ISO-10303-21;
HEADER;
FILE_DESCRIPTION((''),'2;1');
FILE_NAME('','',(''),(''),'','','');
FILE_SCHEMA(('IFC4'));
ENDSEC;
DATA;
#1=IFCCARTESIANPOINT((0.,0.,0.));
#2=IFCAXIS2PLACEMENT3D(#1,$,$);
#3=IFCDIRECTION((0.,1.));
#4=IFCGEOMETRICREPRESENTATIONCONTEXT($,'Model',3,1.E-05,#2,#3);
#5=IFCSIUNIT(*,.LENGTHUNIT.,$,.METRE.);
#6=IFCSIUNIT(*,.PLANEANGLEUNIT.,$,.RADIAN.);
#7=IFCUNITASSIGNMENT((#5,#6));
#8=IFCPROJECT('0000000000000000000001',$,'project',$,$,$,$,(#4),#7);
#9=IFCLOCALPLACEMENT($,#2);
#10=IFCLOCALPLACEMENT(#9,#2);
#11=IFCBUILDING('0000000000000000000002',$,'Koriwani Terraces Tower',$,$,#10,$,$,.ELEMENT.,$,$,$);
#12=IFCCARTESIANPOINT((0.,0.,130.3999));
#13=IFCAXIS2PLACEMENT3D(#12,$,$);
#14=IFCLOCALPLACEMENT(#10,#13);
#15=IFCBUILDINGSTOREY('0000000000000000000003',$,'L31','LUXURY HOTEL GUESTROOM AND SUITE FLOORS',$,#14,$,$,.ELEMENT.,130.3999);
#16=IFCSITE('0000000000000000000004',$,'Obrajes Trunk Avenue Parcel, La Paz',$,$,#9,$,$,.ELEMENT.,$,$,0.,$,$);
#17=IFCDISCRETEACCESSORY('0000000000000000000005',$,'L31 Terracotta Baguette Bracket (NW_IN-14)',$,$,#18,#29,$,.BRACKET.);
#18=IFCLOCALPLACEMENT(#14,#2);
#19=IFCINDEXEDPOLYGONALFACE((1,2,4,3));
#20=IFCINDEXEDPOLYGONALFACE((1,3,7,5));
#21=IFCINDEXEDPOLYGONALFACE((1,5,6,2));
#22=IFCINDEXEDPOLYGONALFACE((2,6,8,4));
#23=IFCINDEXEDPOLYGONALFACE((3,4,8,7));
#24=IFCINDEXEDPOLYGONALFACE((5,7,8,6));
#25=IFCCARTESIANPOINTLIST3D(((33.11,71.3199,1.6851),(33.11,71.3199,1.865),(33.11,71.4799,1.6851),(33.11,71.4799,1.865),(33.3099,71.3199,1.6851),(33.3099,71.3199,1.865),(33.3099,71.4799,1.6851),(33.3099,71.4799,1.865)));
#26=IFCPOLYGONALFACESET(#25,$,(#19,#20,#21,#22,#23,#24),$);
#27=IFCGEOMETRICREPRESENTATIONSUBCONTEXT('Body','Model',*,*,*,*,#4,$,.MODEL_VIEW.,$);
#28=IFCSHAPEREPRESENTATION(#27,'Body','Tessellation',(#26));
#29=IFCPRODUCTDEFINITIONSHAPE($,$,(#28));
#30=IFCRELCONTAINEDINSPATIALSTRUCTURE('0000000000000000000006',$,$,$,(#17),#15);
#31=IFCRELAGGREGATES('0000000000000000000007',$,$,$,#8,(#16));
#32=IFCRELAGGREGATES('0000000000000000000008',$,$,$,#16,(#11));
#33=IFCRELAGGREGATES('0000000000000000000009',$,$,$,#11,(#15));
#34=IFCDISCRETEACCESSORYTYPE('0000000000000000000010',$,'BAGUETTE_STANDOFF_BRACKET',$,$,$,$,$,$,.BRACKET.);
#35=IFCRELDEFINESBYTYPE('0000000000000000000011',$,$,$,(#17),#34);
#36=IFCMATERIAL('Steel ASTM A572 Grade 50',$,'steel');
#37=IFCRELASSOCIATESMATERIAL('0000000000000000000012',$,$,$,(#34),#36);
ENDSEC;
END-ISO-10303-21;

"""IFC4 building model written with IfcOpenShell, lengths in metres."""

from ifc_helpers import new_model, si_unit, direction, frame, origin, origin_2d, place, context, subcontext, project, spatial, rectangle, extrude, material, type_object, element, save


model = new_model("IFC4")

# Units and contexts
model_context = context("Model", 3, precision=1e-05, world=origin(), true_north=direction((0.0, 1.0)))
body_context = subcontext(model_context, "Body", "Model", "MODEL_VIEW")
ifc_project = project(units=[si_unit("LENGTHUNIT", "METRE"), si_unit("PLANEANGLEUNIT", "RADIAN")], contexts=[model_context])

# Site, building, storey
site_placement = place(None, origin())
site = spatial("IfcSite", under=ifc_project, at=site_placement, Name="Obrajes Trunk Avenue Parcel, La Paz", CompositionType="ELEMENT", RefElevation=0.0)
building_placement = place(site_placement, origin())
building = spatial("IfcBuilding", under=site, at=building_placement, Name="Koriwani Terraces Tower", CompositionType="ELEMENT")
storey_placement = place(building_placement, frame((0.0, 0.0, 130.3999)))
storey = spatial("IfcBuildingStorey", under=building, at=storey_placement, Name="L31", Description="LUXURY HOTEL GUESTROOM AND SUITE FLOORS", CompositionType="ELEMENT", Elevation=130.3999)

# Shared definitions
ifc_material_1 = material(Name="Steel ASTM A572 Grade 50", Category="steel")

# Discrete accessory
discrete_accessory_type = type_object("IfcDiscreteAccessoryType", Name="BAGUETTE_STANDOFF_BRACKET", PredefinedType="BRACKET", material=ifc_material_1)
discrete_accessory_placement = place(storey_placement, frame((33.21, 71.3999, 1.6851), z_axis=(0.0, 0.0, 1.0), x_axis=(0.0, -1.0, 0.0)))
element("IfcDiscreteAccessory", 1, at=discrete_accessory_placement, inside=storey, type_object=discrete_accessory_type, Name="L31 Terracotta Baguette Bracket (NW_IN-14)", PredefinedType="BRACKET", context=body_context, shape_type="SweptSolid", body=[
    extrude(rectangle(XDim=0.1599, YDim=0.2, at=origin_2d()), origin(), (0.0, 0.0, 1.0), 0.1799),
])

save(model, "model.ifc")
